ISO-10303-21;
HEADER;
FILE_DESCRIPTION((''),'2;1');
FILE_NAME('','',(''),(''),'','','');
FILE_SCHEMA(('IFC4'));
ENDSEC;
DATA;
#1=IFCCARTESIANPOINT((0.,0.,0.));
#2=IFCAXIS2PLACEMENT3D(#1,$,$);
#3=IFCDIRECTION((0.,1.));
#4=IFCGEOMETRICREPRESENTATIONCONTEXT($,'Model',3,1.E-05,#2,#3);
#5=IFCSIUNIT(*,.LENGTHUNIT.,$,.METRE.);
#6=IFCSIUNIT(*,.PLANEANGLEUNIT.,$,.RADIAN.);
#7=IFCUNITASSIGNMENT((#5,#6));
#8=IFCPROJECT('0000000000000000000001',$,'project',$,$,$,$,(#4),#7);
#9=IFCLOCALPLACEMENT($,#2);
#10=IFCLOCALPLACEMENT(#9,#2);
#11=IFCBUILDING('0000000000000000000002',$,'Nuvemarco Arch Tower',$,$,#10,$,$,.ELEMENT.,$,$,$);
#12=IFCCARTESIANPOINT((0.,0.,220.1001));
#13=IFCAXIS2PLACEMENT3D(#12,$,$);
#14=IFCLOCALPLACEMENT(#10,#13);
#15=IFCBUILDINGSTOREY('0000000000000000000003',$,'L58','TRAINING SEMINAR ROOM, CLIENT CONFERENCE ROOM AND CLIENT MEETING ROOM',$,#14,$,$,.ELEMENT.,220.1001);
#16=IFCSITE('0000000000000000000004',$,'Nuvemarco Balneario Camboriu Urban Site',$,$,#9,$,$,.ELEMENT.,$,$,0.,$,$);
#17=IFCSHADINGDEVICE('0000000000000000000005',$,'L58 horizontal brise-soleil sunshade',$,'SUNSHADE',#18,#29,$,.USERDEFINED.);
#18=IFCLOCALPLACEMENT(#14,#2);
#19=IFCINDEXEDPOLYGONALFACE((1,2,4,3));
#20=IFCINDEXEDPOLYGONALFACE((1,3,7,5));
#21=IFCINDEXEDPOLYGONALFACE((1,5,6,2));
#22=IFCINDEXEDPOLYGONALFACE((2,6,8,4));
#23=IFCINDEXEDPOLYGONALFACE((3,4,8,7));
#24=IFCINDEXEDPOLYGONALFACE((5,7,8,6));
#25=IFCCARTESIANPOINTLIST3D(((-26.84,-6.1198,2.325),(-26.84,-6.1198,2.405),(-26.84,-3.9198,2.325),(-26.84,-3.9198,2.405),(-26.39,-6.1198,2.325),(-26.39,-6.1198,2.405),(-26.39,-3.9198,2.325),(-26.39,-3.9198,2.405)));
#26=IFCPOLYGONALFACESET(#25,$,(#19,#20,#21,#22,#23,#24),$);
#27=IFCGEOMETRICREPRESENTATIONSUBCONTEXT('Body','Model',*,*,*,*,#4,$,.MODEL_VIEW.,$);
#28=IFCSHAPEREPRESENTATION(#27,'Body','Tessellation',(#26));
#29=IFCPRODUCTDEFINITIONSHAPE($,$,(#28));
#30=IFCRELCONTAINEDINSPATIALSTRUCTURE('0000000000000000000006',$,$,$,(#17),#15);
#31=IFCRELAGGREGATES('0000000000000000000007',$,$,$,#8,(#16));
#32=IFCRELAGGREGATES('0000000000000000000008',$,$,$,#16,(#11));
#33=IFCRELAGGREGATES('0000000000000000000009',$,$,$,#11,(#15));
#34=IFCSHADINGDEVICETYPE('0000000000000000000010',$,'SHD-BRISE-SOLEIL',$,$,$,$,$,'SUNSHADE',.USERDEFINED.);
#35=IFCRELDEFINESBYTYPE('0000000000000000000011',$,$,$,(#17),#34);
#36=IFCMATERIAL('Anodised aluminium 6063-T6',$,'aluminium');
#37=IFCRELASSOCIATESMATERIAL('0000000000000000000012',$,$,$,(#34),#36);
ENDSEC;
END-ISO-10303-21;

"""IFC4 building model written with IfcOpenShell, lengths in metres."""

from ifc_helpers import new_model, si_unit, direction, frame, origin, origin_2d, place, context, subcontext, project, spatial, rectangle, extrude, source, transform, mapped, material, type_object, type_shapes, element, save


model = new_model("IFC4")

# Units and contexts
model_context = context("Model", 3, precision=1e-05, world=origin(), true_north=direction((0.0, 1.0)))
body_context = subcontext(model_context, "Body", "Model", "MODEL_VIEW")
ifc_project = project(units=[si_unit("LENGTHUNIT", "METRE"), si_unit("PLANEANGLEUNIT", "RADIAN")], contexts=[model_context])

# Site, building, storey
site_placement = place(None, origin())
site = spatial("IfcSite", under=ifc_project, at=site_placement, Name="Nuvemarco Balneario Camboriu Urban Site", CompositionType="ELEMENT", RefElevation=0.0)
building_placement = place(site_placement, origin())
building = spatial("IfcBuilding", under=site, at=building_placement, Name="Nuvemarco Arch Tower", CompositionType="ELEMENT")
storey_placement = place(building_placement, frame((0.0, 0.0, 220.1001)))
storey = spatial("IfcBuildingStorey", under=building, at=storey_placement, Name="L58", Description="TRAINING SEMINAR ROOM, CLIENT CONFERENCE ROOM AND CLIENT MEETING ROOM", CompositionType="ELEMENT", Elevation=220.1001)

# Shading device
ifc_material_1 = material(Name="Anodised aluminium 6063-T6", Category="aluminium")
shading_device_type = type_object("IfcShadingDeviceType", Name="SHD-BRISE-SOLEIL", ElementType="SUNSHADE", PredefinedType="USERDEFINED", material=ifc_material_1)
shared_shape_1 = source(origin(), body_context, "Body", "SweptSolid", [
    extrude(rectangle(XDim=2.2, YDim=0.45, at=origin_2d()), origin(), (0.0, 0.0, 1.0), 0.0801),
])
type_shapes(shading_device_type, [shared_shape_1])
for number, where, z_axis, x_axis, name in (
    (1, (-26.615, -5.0198, 2.325), (0.0, 0.0, 1.0), (0.0, 1.0, 0.0), "L58 horizontal brise-soleil sunshade"),
):
    element("IfcShadingDevice", number, at=place(storey_placement, frame(where, z_axis=z_axis, x_axis=x_axis)), inside=storey, type_object=shading_device_type, Name=name, ObjectType="SUNSHADE", PredefinedType="USERDEFINED", context=body_context, shape_type="MappedRepresentation", body=[
        mapped(shared_shape_1, transform((0.0, 0.0, 0.0), scale=1.0)),
    ])

save(model, "model.ifc")
